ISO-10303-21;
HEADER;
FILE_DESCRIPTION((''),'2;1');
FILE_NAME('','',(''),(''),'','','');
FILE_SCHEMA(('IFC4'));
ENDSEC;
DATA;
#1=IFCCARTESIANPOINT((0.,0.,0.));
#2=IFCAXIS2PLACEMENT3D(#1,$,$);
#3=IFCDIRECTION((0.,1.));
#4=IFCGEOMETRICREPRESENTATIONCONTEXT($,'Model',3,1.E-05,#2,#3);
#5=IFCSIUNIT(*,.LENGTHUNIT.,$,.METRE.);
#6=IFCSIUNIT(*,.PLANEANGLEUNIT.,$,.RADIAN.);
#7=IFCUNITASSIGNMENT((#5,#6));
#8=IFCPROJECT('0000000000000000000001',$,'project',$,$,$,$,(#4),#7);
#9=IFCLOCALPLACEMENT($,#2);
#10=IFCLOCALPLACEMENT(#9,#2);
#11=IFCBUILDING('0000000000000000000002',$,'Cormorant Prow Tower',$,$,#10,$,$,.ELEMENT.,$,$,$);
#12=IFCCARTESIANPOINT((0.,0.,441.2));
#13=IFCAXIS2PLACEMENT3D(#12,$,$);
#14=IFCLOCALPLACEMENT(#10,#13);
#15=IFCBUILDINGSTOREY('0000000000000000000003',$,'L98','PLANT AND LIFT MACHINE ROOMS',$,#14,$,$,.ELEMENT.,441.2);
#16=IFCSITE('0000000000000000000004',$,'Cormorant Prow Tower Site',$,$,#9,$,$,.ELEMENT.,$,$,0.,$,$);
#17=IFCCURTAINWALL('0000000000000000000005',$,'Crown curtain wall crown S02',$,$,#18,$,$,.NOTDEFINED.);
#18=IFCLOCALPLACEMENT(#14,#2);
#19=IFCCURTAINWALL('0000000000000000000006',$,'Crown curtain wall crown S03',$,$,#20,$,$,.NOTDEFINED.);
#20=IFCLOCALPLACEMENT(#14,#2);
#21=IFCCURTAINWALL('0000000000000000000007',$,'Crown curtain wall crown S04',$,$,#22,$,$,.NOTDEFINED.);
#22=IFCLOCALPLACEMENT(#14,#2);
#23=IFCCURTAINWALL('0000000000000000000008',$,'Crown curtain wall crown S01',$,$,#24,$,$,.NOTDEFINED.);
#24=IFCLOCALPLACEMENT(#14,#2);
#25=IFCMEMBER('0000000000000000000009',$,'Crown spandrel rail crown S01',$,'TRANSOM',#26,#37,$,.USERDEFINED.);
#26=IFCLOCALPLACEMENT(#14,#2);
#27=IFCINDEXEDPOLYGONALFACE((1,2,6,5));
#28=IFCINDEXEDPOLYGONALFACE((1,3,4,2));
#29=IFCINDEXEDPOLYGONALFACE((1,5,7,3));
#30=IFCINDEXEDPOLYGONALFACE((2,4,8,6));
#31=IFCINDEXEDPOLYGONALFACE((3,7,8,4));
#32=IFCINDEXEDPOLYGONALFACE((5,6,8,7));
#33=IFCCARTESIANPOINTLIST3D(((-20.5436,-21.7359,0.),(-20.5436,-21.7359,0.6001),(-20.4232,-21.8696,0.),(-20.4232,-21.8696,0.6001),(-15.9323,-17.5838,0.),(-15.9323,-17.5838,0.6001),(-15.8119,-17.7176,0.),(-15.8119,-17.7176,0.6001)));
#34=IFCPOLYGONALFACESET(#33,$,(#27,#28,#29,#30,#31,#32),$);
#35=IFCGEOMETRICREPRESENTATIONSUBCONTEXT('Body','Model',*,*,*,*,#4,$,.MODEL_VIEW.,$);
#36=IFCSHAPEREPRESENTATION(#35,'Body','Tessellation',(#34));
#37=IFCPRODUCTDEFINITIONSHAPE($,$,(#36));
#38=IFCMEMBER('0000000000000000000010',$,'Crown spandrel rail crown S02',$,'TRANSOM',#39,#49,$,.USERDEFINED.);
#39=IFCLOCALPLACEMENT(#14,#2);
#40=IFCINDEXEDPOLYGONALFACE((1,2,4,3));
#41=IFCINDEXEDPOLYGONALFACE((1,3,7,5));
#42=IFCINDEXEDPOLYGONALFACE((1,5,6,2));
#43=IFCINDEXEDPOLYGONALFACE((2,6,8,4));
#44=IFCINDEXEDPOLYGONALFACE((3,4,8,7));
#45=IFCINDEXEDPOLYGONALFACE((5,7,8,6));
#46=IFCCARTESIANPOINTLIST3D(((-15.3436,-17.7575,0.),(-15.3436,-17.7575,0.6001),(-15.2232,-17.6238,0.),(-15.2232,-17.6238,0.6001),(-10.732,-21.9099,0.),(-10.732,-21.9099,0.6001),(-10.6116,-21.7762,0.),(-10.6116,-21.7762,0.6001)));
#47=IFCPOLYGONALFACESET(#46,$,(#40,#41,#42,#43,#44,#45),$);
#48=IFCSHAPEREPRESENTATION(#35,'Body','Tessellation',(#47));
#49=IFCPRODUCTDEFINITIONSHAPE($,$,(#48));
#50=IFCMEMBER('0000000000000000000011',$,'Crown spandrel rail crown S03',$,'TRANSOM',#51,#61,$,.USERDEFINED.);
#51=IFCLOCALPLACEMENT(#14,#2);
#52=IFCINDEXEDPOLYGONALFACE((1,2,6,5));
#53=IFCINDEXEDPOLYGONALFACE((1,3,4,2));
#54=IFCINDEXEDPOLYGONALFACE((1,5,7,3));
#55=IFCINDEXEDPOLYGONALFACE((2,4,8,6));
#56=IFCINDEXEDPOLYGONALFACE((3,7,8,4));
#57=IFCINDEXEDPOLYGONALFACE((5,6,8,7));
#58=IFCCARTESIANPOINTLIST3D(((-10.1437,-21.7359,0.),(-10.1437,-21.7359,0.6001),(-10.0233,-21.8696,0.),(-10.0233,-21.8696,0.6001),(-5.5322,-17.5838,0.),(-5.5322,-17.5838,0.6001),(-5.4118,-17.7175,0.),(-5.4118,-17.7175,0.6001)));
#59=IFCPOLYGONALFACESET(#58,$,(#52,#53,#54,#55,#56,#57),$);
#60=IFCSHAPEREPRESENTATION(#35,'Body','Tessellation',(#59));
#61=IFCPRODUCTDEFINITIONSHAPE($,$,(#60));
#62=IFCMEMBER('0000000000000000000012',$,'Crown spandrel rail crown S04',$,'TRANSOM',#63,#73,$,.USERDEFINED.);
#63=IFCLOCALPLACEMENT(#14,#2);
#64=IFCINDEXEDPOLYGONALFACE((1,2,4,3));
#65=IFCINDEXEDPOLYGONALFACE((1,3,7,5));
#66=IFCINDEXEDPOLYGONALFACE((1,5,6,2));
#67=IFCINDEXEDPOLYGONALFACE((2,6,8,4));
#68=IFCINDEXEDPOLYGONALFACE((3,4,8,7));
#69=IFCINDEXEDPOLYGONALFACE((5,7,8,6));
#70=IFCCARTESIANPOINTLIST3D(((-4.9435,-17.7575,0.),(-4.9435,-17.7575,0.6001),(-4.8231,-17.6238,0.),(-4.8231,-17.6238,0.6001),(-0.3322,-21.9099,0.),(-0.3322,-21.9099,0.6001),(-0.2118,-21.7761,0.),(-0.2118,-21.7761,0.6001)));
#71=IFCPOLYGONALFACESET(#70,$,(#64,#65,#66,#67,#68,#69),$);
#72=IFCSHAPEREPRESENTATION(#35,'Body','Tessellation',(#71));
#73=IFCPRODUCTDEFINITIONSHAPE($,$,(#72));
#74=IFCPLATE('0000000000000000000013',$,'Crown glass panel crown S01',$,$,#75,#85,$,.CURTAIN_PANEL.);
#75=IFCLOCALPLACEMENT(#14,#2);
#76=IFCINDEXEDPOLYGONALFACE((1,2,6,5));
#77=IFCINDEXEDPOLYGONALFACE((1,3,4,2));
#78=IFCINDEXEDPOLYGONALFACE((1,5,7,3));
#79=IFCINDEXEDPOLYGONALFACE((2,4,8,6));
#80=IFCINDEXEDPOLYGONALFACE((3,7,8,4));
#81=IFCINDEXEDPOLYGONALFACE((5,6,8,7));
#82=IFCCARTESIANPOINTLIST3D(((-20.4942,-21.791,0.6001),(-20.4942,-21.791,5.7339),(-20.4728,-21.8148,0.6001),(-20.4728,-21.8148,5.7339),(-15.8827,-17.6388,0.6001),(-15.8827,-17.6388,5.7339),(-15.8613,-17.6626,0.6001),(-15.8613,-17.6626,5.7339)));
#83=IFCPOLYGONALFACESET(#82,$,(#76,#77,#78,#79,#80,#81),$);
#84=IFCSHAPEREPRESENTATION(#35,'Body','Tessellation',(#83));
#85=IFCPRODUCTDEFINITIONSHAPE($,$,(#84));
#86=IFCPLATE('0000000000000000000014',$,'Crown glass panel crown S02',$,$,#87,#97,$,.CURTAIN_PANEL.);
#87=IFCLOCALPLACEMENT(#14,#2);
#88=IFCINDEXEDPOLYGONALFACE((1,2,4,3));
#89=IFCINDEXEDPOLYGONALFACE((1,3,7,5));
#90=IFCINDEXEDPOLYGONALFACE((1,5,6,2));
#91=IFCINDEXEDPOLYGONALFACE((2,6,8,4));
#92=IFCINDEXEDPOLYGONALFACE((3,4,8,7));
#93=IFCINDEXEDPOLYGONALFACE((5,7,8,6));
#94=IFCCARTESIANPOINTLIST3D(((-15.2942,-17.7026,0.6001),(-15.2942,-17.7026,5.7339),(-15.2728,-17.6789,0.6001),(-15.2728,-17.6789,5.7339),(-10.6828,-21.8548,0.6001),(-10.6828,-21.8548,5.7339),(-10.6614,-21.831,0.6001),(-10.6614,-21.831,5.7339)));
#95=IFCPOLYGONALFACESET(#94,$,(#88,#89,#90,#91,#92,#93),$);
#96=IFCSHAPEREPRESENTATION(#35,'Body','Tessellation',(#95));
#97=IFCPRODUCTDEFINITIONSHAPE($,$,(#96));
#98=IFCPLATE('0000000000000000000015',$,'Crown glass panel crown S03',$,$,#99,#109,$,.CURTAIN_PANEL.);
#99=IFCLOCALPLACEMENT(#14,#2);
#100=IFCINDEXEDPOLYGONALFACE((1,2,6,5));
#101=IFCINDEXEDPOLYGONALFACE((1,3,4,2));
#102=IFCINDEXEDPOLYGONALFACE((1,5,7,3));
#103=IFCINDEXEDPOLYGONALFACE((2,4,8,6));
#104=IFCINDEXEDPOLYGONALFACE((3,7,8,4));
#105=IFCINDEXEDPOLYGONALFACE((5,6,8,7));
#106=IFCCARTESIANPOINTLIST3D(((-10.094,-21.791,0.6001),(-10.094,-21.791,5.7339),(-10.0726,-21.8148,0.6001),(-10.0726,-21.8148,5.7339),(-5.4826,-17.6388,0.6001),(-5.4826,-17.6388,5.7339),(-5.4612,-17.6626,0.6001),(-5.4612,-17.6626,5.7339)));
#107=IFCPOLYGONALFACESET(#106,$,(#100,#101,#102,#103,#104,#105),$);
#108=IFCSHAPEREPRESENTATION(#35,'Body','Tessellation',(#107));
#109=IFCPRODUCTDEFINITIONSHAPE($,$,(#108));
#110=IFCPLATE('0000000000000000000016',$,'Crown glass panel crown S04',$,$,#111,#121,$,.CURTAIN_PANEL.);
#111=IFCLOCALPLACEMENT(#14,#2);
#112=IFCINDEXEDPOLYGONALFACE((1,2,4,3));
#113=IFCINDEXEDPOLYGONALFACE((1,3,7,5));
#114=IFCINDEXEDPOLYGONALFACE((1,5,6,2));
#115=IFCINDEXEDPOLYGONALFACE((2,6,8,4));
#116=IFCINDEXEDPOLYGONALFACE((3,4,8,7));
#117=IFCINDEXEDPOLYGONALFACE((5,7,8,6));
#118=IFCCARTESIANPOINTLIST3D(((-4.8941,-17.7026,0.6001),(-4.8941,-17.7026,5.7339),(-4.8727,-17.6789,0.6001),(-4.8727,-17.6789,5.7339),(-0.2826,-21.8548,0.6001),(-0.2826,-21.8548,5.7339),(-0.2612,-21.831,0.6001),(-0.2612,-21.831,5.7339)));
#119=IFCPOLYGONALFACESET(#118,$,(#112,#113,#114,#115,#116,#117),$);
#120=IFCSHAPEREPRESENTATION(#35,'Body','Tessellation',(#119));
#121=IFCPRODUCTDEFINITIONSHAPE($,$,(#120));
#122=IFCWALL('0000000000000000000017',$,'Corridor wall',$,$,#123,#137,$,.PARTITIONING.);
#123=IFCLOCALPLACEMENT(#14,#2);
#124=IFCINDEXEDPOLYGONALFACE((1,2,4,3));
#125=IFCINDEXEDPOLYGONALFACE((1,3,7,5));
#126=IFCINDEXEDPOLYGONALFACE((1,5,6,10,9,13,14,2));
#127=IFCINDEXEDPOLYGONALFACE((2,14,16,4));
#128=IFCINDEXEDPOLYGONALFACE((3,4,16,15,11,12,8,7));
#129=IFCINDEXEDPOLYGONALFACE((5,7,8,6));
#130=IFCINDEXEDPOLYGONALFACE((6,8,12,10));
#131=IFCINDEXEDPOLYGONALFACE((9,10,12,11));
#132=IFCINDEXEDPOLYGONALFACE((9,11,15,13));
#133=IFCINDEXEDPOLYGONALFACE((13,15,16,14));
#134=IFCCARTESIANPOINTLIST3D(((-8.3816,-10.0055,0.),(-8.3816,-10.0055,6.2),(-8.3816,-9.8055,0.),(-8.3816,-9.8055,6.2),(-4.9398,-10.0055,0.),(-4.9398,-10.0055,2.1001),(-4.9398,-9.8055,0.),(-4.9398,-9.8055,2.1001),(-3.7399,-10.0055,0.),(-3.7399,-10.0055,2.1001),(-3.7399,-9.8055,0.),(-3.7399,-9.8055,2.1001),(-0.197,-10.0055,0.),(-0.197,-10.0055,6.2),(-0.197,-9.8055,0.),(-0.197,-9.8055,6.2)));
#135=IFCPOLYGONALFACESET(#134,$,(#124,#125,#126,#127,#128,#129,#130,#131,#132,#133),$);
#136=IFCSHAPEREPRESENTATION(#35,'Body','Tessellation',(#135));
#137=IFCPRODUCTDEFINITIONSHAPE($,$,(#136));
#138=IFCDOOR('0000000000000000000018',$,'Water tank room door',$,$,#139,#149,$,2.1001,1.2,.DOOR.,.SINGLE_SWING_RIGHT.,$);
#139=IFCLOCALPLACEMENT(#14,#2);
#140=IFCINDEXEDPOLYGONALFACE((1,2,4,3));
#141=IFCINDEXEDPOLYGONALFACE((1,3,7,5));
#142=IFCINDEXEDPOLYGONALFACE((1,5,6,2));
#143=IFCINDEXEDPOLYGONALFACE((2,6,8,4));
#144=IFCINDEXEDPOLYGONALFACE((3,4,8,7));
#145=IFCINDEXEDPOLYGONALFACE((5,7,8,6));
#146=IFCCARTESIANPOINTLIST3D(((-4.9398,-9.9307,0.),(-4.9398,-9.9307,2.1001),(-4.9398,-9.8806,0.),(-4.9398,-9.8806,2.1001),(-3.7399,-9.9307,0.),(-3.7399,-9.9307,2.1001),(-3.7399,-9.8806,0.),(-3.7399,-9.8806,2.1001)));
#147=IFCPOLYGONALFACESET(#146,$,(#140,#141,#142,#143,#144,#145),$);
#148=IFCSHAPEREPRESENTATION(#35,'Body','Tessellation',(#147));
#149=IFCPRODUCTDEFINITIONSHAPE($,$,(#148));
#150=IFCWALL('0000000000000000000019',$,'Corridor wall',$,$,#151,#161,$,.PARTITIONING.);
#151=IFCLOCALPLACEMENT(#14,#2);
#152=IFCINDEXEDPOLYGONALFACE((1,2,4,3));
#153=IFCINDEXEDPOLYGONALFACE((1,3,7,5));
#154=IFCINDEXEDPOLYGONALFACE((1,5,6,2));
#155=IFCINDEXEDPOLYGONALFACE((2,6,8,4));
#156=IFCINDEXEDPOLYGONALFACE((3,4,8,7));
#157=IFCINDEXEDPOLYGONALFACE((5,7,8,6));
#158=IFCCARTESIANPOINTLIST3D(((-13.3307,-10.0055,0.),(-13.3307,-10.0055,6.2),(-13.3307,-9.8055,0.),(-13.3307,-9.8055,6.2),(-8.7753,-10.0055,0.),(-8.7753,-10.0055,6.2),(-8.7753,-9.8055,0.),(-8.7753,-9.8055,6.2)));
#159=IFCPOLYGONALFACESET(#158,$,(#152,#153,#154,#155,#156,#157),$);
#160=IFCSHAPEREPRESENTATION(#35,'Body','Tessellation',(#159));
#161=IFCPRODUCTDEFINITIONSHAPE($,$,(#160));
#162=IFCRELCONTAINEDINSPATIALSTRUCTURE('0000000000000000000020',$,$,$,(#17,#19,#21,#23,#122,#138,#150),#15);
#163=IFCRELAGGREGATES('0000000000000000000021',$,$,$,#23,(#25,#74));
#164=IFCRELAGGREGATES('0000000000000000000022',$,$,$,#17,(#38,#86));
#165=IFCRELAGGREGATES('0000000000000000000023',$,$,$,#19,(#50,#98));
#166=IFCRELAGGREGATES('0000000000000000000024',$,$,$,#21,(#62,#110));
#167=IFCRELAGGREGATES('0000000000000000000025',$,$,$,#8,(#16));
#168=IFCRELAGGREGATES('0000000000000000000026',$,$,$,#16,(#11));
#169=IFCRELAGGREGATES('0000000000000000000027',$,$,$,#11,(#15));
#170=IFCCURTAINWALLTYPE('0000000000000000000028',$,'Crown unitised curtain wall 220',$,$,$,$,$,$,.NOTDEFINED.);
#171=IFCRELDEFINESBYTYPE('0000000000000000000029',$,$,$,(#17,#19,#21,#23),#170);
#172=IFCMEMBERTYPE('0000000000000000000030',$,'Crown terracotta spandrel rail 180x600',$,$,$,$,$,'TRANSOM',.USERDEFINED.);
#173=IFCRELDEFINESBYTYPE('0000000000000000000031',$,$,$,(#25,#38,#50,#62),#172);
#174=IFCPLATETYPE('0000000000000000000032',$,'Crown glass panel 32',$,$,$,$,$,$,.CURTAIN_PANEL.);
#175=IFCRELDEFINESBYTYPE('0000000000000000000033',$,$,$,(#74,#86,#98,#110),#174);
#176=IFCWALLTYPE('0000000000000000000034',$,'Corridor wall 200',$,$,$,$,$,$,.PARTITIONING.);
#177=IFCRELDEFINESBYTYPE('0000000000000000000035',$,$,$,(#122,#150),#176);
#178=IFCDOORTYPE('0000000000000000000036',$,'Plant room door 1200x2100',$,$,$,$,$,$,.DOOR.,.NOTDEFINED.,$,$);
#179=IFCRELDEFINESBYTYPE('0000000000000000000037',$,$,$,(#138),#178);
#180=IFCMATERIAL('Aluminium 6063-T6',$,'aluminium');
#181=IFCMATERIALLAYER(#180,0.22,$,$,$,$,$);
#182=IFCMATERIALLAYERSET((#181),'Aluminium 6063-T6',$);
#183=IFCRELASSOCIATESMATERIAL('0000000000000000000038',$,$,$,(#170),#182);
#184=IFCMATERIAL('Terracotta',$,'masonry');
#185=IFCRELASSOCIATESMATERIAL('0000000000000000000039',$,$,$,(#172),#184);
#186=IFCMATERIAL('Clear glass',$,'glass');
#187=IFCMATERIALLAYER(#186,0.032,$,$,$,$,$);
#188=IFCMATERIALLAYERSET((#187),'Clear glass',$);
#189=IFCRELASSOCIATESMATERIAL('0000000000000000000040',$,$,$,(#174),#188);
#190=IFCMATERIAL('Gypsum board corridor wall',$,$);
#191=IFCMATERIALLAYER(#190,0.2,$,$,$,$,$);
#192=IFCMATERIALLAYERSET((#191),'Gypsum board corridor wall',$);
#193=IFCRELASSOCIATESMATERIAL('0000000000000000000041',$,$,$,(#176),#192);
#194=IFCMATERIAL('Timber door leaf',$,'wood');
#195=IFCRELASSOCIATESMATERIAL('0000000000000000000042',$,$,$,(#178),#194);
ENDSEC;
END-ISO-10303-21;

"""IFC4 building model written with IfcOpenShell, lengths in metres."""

from ifc_helpers import new_model, si_unit, direction, frame, frame_2d, origin, origin_2d, place, context, subcontext, project, spatial, rectangle, extrude, material, layer, layer_set, material_profile, profile_set, type_object, element, fill, aggregate, save


model = new_model("IFC4")

# Units and contexts
model_context = context("Model", 3, precision=1e-05, world=origin(), true_north=direction((0.0, 1.0)))
body_context = subcontext(model_context, "Body", "Model", "MODEL_VIEW")
ifc_project = project(units=[si_unit("LENGTHUNIT", "METRE"), si_unit("PLANEANGLEUNIT", "RADIAN")], contexts=[model_context])

# Site, building, storey
site_placement = place(None, origin())
site = spatial("IfcSite", under=ifc_project, at=site_placement, Name="Cormorant Prow Tower Site", CompositionType="ELEMENT", RefElevation=0.0)
building_placement = place(site_placement, origin())
building = spatial("IfcBuilding", under=site, at=building_placement, Name="Cormorant Prow Tower", CompositionType="ELEMENT")
storey_placement = place(building_placement, frame((0.0, 0.0, 441.2)))
storey = spatial("IfcBuildingStorey", under=building, at=storey_placement, Name="L98", Description="PLANT AND LIFT MACHINE ROOMS", CompositionType="ELEMENT", Elevation=441.2)

# Curtain walls
ifc_material_1 = material(Name="Aluminium 6063-T6", Category="aluminium")
ifc_layer_1 = layer(ifc_material_1, 0.22)
ifc_layer_set_1 = layer_set([ifc_layer_1], Name="Aluminium 6063-T6")
curtain_wall_type = type_object("IfcCurtainWallType", Name="Crown unitised curtain wall 220", PredefinedType="NOTDEFINED", material=ifc_layer_set_1)
curtain_wall_1_placement = place(storey_placement, origin())
curtain_wall_1 = element("IfcCurtainWall", 1, at=curtain_wall_1_placement, inside=storey, type_object=curtain_wall_type, Name="Crown curtain wall crown S02", PredefinedType="NOTDEFINED")
curtain_wall_2_placement = place(storey_placement, origin())
curtain_wall_2 = element("IfcCurtainWall", 2, at=curtain_wall_2_placement, inside=storey, type_object=curtain_wall_type, Name="Crown curtain wall crown S03", PredefinedType="NOTDEFINED")
curtain_wall_3_placement = place(storey_placement, origin())
curtain_wall_3 = element("IfcCurtainWall", 3, at=curtain_wall_3_placement, inside=storey, type_object=curtain_wall_type, Name="Crown curtain wall crown S04", PredefinedType="NOTDEFINED")

# Curtain wall, member
curtain_wall_4_placement = place(storey_placement, origin())
curtain_wall_4 = element("IfcCurtainWall", 4, at=curtain_wall_4_placement, inside=storey, type_object=curtain_wall_type, Name="Crown curtain wall crown S01", PredefinedType="NOTDEFINED")
ifc_material_2 = material(Name="Terracotta", Category="masonry")
ifc_material_profile_1 = material_profile(ifc_material_2, rectangle(XDim=0.1799, YDim=0.6001, at=origin_2d()), Name="Crown terracotta spandrel rail 180x600")
ifc_profile_set_1 = profile_set([ifc_material_profile_1], Name="Terracotta")
member_type_1 = type_object("IfcMemberType", Name="Crown terracotta spandrel rail 180x600", ElementType="TRANSOM", PredefinedType="USERDEFINED", material=ifc_profile_set_1)
member_1_placement = place(storey_placement, frame((-20.4834, -21.8027, 0.3), z_axis=(0.743142, 0.669134, 0.0), x_axis=(-0.669134, 0.743142, 0.0)))
member_1 = element("IfcMember", 5, at=member_1_placement, type_object=member_type_1, Name="Crown spandrel rail crown S01", ObjectType="TRANSOM", PredefinedType="USERDEFINED", context=body_context, shape_type="SweptSolid", body=[
    extrude(rectangle(XDim=0.1799, YDim=0.6001, at=origin_2d()), origin(), (0.0, 0.0, 1.0), 6.2051),
])

# Members
member_2_placement = place(storey_placement, frame((-15.2834, -17.6907, 0.3), z_axis=(0.74314, -0.669136, 0.0), x_axis=(0.669136, 0.74314, 0.0)))
member_2 = element("IfcMember", 6, at=member_2_placement, type_object=member_type_1, Name="Crown spandrel rail crown S02", ObjectType="TRANSOM", PredefinedType="USERDEFINED", context=body_context, shape_type="SweptSolid", body=[
    extrude(rectangle(XDim=0.1799, YDim=0.6001, at=origin_2d()), origin(), (0.0, 0.0, 1.0), 6.2056),
])
member_3_placement = place(storey_placement, frame((-10.0835, -21.8027, 0.3), z_axis=(0.743159, 0.669115, 0.0), x_axis=(-0.669115, 0.743159, 0.0)))
member_3 = element("IfcMember", 7, at=member_3_placement, type_object=member_type_1, Name="Crown spandrel rail crown S03", ObjectType="TRANSOM", PredefinedType="USERDEFINED", context=body_context, shape_type="SweptSolid", body=[
    extrude(rectangle(XDim=0.1799, YDim=0.6001, at=origin_2d()), origin(), (0.0, 0.0, 1.0), 6.2053),
])
member_4_placement = place(storey_placement, frame((-4.8833, -17.6907, 0.3), z_axis=(0.743122, -0.669156, 0.0), x_axis=(0.669156, 0.743122, 0.0)))
member_4 = element("IfcMember", 8, at=member_4_placement, type_object=member_type_1, Name="Crown spandrel rail crown S04", ObjectType="TRANSOM", PredefinedType="USERDEFINED", context=body_context, shape_type="SweptSolid", body=[
    extrude(rectangle(XDim=0.1799, YDim=0.6001, at=origin_2d()), origin(), (0.0, 0.0, 1.0), 6.2053),
])

# Plates
ifc_material_3 = material(Name="Clear glass", Category="glass")
ifc_layer_2 = layer(ifc_material_3, 0.032)
ifc_layer_set_2 = layer_set([ifc_layer_2], Name="Clear glass")
plate_type = type_object("IfcPlateType", Name="Crown glass panel 32", PredefinedType="CURTAIN_PANEL", material=ifc_layer_set_2)
plate_1_placement = place(storey_placement, frame((-18.1777, -19.7268, 0.6001), z_axis=(0.0, 0.0, 1.0), x_axis=(0.743145, 0.669131, 0.0)))
plate_1 = element("IfcPlate", 9, at=plate_1_placement, type_object=plate_type, Name="Crown glass panel crown S01", PredefinedType="CURTAIN_PANEL", context=body_context, shape_type="SweptSolid", body=[
    extrude(rectangle(XDim=6.2053, YDim=0.032, at=origin_2d()), origin(), (0.0, 0.0, 1.0), 5.1338),
])
aggregate(curtain_wall_4, [member_1, plate_1])
plate_2_placement = place(storey_placement, frame((-12.9778, -19.7668, 0.6001), z_axis=(0.0, 0.0, 1.0), x_axis=(0.743145, -0.669131, 0.0)))
plate_2 = element("IfcPlate", 10, at=plate_2_placement, type_object=plate_type, Name="Crown glass panel crown S02", PredefinedType="CURTAIN_PANEL", context=body_context, shape_type="SweptSolid", body=[
    extrude(rectangle(XDim=6.2053, YDim=0.032, at=origin_2d()), origin(), (0.0, 0.0, 1.0), 5.1338),
])
aggregate(curtain_wall_1, [member_2, plate_2])
plate_3_placement = place(storey_placement, frame((-7.7776, -19.7268, 0.6001), z_axis=(0.0, 0.0, 1.0), x_axis=(0.743145, 0.669131, 0.0)))
plate_3 = element("IfcPlate", 11, at=plate_3_placement, type_object=plate_type, Name="Crown glass panel crown S03", PredefinedType="CURTAIN_PANEL", context=body_context, shape_type="SweptSolid", body=[
    extrude(rectangle(XDim=6.2053, YDim=0.032, at=origin_2d()), origin(), (0.0, 0.0, 1.0), 5.1338),
])
aggregate(curtain_wall_2, [member_3, plate_3])
plate_4_placement = place(storey_placement, frame((-2.5776, -19.7668, 0.6001), z_axis=(0.0, 0.0, 1.0), x_axis=(0.743145, -0.669131, 0.0)))
plate_4 = element("IfcPlate", 12, at=plate_4_placement, type_object=plate_type, Name="Crown glass panel crown S04", PredefinedType="CURTAIN_PANEL", context=body_context, shape_type="SweptSolid", body=[
    extrude(rectangle(XDim=6.2053, YDim=0.032, at=origin_2d()), origin(), (0.0, 0.0, 1.0), 5.1338),
])
aggregate(curtain_wall_3, [member_4, plate_4])

# Wall, opening, door
ifc_material_4 = material(Name="Gypsum board corridor wall")
ifc_layer_3 = layer(ifc_material_4, 0.2)
ifc_layer_set_3 = layer_set([ifc_layer_3], Name="Gypsum board corridor wall")
wall_type = type_object("IfcWallType", Name="Corridor wall 200", PredefinedType="PARTITIONING", material=ifc_layer_set_3)
wall_1_placement = place(storey_placement, frame((-8.3816, -9.9055, 0.0), z_axis=(0.0, 0.0, 1.0), x_axis=(1.0, 0.0, 0.0)))
wall_1 = element("IfcWall", 13, at=wall_1_placement, inside=storey, type_object=wall_type, Name="Corridor wall", PredefinedType="PARTITIONING", context=body_context, shape_type="SweptSolid", body=[
    extrude(rectangle(XDim=8.1846, YDim=0.2, at=frame_2d((4.0923, 0.0))), origin(), (0.0, 0.0, 1.0), 6.2),
])
opening_placement = place(wall_1_placement, frame((3.4417, 0.0, 0.0)))
opening = element("IfcOpeningElement", 14, at=opening_placement, cuts=wall_1, PredefinedType="OPENING", context=body_context, shape_type="SweptSolid", body=[
    extrude(rectangle(XDim=1.2, YDim=2.1001, at=frame_2d((0.6001, 1.05))), frame((0.0, 0.1099, 0.0), z_axis=(0.0, -1.0, 0.0), x_axis=(1.0, 0.0, 0.0)), (0.0, 0.0, 1.0), 0.22),
])
ifc_material_5 = material(Name="Timber door leaf", Category="wood")
door_type = type_object("IfcDoorType", Name="Plant room door 1200x2100", OperationType="NOTDEFINED", PredefinedType="DOOR", material=ifc_material_5)
door_placement = place(opening_placement, origin())
door = element("IfcDoor", 15, at=door_placement, inside=storey, type_object=door_type, Name="Water tank room door", OperationType="SINGLE_SWING_RIGHT", OverallHeight=2.1001, OverallWidth=1.2, PredefinedType="DOOR", context=body_context, shape_type="SweptSolid", body=[
    extrude(rectangle(XDim=1.2, YDim=2.1001, at=frame_2d((0.6001, 1.05))), frame((0.0, 0.0249, 0.0), z_axis=(0.0, -1.0, 0.0), x_axis=(1.0, 0.0, 0.0)), (0.0, 0.0, 1.0), 0.05),
])
fill(opening, door)

# Wall
wall_2_placement = place(storey_placement, frame((-13.3308, -9.9055, 0.0), z_axis=(0.0, 0.0, 1.0), x_axis=(1.0, 0.0, 0.0)))
element("IfcWall", 16, at=wall_2_placement, inside=storey, type_object=wall_type, Name="Corridor wall", PredefinedType="PARTITIONING", context=body_context, shape_type="SweptSolid", body=[
    extrude(rectangle(XDim=4.5554, YDim=0.2, at=frame_2d((2.2778, 0.0))), origin(), (0.0, 0.0, 1.0), 6.2),
])

save(model, "model.ifc")
